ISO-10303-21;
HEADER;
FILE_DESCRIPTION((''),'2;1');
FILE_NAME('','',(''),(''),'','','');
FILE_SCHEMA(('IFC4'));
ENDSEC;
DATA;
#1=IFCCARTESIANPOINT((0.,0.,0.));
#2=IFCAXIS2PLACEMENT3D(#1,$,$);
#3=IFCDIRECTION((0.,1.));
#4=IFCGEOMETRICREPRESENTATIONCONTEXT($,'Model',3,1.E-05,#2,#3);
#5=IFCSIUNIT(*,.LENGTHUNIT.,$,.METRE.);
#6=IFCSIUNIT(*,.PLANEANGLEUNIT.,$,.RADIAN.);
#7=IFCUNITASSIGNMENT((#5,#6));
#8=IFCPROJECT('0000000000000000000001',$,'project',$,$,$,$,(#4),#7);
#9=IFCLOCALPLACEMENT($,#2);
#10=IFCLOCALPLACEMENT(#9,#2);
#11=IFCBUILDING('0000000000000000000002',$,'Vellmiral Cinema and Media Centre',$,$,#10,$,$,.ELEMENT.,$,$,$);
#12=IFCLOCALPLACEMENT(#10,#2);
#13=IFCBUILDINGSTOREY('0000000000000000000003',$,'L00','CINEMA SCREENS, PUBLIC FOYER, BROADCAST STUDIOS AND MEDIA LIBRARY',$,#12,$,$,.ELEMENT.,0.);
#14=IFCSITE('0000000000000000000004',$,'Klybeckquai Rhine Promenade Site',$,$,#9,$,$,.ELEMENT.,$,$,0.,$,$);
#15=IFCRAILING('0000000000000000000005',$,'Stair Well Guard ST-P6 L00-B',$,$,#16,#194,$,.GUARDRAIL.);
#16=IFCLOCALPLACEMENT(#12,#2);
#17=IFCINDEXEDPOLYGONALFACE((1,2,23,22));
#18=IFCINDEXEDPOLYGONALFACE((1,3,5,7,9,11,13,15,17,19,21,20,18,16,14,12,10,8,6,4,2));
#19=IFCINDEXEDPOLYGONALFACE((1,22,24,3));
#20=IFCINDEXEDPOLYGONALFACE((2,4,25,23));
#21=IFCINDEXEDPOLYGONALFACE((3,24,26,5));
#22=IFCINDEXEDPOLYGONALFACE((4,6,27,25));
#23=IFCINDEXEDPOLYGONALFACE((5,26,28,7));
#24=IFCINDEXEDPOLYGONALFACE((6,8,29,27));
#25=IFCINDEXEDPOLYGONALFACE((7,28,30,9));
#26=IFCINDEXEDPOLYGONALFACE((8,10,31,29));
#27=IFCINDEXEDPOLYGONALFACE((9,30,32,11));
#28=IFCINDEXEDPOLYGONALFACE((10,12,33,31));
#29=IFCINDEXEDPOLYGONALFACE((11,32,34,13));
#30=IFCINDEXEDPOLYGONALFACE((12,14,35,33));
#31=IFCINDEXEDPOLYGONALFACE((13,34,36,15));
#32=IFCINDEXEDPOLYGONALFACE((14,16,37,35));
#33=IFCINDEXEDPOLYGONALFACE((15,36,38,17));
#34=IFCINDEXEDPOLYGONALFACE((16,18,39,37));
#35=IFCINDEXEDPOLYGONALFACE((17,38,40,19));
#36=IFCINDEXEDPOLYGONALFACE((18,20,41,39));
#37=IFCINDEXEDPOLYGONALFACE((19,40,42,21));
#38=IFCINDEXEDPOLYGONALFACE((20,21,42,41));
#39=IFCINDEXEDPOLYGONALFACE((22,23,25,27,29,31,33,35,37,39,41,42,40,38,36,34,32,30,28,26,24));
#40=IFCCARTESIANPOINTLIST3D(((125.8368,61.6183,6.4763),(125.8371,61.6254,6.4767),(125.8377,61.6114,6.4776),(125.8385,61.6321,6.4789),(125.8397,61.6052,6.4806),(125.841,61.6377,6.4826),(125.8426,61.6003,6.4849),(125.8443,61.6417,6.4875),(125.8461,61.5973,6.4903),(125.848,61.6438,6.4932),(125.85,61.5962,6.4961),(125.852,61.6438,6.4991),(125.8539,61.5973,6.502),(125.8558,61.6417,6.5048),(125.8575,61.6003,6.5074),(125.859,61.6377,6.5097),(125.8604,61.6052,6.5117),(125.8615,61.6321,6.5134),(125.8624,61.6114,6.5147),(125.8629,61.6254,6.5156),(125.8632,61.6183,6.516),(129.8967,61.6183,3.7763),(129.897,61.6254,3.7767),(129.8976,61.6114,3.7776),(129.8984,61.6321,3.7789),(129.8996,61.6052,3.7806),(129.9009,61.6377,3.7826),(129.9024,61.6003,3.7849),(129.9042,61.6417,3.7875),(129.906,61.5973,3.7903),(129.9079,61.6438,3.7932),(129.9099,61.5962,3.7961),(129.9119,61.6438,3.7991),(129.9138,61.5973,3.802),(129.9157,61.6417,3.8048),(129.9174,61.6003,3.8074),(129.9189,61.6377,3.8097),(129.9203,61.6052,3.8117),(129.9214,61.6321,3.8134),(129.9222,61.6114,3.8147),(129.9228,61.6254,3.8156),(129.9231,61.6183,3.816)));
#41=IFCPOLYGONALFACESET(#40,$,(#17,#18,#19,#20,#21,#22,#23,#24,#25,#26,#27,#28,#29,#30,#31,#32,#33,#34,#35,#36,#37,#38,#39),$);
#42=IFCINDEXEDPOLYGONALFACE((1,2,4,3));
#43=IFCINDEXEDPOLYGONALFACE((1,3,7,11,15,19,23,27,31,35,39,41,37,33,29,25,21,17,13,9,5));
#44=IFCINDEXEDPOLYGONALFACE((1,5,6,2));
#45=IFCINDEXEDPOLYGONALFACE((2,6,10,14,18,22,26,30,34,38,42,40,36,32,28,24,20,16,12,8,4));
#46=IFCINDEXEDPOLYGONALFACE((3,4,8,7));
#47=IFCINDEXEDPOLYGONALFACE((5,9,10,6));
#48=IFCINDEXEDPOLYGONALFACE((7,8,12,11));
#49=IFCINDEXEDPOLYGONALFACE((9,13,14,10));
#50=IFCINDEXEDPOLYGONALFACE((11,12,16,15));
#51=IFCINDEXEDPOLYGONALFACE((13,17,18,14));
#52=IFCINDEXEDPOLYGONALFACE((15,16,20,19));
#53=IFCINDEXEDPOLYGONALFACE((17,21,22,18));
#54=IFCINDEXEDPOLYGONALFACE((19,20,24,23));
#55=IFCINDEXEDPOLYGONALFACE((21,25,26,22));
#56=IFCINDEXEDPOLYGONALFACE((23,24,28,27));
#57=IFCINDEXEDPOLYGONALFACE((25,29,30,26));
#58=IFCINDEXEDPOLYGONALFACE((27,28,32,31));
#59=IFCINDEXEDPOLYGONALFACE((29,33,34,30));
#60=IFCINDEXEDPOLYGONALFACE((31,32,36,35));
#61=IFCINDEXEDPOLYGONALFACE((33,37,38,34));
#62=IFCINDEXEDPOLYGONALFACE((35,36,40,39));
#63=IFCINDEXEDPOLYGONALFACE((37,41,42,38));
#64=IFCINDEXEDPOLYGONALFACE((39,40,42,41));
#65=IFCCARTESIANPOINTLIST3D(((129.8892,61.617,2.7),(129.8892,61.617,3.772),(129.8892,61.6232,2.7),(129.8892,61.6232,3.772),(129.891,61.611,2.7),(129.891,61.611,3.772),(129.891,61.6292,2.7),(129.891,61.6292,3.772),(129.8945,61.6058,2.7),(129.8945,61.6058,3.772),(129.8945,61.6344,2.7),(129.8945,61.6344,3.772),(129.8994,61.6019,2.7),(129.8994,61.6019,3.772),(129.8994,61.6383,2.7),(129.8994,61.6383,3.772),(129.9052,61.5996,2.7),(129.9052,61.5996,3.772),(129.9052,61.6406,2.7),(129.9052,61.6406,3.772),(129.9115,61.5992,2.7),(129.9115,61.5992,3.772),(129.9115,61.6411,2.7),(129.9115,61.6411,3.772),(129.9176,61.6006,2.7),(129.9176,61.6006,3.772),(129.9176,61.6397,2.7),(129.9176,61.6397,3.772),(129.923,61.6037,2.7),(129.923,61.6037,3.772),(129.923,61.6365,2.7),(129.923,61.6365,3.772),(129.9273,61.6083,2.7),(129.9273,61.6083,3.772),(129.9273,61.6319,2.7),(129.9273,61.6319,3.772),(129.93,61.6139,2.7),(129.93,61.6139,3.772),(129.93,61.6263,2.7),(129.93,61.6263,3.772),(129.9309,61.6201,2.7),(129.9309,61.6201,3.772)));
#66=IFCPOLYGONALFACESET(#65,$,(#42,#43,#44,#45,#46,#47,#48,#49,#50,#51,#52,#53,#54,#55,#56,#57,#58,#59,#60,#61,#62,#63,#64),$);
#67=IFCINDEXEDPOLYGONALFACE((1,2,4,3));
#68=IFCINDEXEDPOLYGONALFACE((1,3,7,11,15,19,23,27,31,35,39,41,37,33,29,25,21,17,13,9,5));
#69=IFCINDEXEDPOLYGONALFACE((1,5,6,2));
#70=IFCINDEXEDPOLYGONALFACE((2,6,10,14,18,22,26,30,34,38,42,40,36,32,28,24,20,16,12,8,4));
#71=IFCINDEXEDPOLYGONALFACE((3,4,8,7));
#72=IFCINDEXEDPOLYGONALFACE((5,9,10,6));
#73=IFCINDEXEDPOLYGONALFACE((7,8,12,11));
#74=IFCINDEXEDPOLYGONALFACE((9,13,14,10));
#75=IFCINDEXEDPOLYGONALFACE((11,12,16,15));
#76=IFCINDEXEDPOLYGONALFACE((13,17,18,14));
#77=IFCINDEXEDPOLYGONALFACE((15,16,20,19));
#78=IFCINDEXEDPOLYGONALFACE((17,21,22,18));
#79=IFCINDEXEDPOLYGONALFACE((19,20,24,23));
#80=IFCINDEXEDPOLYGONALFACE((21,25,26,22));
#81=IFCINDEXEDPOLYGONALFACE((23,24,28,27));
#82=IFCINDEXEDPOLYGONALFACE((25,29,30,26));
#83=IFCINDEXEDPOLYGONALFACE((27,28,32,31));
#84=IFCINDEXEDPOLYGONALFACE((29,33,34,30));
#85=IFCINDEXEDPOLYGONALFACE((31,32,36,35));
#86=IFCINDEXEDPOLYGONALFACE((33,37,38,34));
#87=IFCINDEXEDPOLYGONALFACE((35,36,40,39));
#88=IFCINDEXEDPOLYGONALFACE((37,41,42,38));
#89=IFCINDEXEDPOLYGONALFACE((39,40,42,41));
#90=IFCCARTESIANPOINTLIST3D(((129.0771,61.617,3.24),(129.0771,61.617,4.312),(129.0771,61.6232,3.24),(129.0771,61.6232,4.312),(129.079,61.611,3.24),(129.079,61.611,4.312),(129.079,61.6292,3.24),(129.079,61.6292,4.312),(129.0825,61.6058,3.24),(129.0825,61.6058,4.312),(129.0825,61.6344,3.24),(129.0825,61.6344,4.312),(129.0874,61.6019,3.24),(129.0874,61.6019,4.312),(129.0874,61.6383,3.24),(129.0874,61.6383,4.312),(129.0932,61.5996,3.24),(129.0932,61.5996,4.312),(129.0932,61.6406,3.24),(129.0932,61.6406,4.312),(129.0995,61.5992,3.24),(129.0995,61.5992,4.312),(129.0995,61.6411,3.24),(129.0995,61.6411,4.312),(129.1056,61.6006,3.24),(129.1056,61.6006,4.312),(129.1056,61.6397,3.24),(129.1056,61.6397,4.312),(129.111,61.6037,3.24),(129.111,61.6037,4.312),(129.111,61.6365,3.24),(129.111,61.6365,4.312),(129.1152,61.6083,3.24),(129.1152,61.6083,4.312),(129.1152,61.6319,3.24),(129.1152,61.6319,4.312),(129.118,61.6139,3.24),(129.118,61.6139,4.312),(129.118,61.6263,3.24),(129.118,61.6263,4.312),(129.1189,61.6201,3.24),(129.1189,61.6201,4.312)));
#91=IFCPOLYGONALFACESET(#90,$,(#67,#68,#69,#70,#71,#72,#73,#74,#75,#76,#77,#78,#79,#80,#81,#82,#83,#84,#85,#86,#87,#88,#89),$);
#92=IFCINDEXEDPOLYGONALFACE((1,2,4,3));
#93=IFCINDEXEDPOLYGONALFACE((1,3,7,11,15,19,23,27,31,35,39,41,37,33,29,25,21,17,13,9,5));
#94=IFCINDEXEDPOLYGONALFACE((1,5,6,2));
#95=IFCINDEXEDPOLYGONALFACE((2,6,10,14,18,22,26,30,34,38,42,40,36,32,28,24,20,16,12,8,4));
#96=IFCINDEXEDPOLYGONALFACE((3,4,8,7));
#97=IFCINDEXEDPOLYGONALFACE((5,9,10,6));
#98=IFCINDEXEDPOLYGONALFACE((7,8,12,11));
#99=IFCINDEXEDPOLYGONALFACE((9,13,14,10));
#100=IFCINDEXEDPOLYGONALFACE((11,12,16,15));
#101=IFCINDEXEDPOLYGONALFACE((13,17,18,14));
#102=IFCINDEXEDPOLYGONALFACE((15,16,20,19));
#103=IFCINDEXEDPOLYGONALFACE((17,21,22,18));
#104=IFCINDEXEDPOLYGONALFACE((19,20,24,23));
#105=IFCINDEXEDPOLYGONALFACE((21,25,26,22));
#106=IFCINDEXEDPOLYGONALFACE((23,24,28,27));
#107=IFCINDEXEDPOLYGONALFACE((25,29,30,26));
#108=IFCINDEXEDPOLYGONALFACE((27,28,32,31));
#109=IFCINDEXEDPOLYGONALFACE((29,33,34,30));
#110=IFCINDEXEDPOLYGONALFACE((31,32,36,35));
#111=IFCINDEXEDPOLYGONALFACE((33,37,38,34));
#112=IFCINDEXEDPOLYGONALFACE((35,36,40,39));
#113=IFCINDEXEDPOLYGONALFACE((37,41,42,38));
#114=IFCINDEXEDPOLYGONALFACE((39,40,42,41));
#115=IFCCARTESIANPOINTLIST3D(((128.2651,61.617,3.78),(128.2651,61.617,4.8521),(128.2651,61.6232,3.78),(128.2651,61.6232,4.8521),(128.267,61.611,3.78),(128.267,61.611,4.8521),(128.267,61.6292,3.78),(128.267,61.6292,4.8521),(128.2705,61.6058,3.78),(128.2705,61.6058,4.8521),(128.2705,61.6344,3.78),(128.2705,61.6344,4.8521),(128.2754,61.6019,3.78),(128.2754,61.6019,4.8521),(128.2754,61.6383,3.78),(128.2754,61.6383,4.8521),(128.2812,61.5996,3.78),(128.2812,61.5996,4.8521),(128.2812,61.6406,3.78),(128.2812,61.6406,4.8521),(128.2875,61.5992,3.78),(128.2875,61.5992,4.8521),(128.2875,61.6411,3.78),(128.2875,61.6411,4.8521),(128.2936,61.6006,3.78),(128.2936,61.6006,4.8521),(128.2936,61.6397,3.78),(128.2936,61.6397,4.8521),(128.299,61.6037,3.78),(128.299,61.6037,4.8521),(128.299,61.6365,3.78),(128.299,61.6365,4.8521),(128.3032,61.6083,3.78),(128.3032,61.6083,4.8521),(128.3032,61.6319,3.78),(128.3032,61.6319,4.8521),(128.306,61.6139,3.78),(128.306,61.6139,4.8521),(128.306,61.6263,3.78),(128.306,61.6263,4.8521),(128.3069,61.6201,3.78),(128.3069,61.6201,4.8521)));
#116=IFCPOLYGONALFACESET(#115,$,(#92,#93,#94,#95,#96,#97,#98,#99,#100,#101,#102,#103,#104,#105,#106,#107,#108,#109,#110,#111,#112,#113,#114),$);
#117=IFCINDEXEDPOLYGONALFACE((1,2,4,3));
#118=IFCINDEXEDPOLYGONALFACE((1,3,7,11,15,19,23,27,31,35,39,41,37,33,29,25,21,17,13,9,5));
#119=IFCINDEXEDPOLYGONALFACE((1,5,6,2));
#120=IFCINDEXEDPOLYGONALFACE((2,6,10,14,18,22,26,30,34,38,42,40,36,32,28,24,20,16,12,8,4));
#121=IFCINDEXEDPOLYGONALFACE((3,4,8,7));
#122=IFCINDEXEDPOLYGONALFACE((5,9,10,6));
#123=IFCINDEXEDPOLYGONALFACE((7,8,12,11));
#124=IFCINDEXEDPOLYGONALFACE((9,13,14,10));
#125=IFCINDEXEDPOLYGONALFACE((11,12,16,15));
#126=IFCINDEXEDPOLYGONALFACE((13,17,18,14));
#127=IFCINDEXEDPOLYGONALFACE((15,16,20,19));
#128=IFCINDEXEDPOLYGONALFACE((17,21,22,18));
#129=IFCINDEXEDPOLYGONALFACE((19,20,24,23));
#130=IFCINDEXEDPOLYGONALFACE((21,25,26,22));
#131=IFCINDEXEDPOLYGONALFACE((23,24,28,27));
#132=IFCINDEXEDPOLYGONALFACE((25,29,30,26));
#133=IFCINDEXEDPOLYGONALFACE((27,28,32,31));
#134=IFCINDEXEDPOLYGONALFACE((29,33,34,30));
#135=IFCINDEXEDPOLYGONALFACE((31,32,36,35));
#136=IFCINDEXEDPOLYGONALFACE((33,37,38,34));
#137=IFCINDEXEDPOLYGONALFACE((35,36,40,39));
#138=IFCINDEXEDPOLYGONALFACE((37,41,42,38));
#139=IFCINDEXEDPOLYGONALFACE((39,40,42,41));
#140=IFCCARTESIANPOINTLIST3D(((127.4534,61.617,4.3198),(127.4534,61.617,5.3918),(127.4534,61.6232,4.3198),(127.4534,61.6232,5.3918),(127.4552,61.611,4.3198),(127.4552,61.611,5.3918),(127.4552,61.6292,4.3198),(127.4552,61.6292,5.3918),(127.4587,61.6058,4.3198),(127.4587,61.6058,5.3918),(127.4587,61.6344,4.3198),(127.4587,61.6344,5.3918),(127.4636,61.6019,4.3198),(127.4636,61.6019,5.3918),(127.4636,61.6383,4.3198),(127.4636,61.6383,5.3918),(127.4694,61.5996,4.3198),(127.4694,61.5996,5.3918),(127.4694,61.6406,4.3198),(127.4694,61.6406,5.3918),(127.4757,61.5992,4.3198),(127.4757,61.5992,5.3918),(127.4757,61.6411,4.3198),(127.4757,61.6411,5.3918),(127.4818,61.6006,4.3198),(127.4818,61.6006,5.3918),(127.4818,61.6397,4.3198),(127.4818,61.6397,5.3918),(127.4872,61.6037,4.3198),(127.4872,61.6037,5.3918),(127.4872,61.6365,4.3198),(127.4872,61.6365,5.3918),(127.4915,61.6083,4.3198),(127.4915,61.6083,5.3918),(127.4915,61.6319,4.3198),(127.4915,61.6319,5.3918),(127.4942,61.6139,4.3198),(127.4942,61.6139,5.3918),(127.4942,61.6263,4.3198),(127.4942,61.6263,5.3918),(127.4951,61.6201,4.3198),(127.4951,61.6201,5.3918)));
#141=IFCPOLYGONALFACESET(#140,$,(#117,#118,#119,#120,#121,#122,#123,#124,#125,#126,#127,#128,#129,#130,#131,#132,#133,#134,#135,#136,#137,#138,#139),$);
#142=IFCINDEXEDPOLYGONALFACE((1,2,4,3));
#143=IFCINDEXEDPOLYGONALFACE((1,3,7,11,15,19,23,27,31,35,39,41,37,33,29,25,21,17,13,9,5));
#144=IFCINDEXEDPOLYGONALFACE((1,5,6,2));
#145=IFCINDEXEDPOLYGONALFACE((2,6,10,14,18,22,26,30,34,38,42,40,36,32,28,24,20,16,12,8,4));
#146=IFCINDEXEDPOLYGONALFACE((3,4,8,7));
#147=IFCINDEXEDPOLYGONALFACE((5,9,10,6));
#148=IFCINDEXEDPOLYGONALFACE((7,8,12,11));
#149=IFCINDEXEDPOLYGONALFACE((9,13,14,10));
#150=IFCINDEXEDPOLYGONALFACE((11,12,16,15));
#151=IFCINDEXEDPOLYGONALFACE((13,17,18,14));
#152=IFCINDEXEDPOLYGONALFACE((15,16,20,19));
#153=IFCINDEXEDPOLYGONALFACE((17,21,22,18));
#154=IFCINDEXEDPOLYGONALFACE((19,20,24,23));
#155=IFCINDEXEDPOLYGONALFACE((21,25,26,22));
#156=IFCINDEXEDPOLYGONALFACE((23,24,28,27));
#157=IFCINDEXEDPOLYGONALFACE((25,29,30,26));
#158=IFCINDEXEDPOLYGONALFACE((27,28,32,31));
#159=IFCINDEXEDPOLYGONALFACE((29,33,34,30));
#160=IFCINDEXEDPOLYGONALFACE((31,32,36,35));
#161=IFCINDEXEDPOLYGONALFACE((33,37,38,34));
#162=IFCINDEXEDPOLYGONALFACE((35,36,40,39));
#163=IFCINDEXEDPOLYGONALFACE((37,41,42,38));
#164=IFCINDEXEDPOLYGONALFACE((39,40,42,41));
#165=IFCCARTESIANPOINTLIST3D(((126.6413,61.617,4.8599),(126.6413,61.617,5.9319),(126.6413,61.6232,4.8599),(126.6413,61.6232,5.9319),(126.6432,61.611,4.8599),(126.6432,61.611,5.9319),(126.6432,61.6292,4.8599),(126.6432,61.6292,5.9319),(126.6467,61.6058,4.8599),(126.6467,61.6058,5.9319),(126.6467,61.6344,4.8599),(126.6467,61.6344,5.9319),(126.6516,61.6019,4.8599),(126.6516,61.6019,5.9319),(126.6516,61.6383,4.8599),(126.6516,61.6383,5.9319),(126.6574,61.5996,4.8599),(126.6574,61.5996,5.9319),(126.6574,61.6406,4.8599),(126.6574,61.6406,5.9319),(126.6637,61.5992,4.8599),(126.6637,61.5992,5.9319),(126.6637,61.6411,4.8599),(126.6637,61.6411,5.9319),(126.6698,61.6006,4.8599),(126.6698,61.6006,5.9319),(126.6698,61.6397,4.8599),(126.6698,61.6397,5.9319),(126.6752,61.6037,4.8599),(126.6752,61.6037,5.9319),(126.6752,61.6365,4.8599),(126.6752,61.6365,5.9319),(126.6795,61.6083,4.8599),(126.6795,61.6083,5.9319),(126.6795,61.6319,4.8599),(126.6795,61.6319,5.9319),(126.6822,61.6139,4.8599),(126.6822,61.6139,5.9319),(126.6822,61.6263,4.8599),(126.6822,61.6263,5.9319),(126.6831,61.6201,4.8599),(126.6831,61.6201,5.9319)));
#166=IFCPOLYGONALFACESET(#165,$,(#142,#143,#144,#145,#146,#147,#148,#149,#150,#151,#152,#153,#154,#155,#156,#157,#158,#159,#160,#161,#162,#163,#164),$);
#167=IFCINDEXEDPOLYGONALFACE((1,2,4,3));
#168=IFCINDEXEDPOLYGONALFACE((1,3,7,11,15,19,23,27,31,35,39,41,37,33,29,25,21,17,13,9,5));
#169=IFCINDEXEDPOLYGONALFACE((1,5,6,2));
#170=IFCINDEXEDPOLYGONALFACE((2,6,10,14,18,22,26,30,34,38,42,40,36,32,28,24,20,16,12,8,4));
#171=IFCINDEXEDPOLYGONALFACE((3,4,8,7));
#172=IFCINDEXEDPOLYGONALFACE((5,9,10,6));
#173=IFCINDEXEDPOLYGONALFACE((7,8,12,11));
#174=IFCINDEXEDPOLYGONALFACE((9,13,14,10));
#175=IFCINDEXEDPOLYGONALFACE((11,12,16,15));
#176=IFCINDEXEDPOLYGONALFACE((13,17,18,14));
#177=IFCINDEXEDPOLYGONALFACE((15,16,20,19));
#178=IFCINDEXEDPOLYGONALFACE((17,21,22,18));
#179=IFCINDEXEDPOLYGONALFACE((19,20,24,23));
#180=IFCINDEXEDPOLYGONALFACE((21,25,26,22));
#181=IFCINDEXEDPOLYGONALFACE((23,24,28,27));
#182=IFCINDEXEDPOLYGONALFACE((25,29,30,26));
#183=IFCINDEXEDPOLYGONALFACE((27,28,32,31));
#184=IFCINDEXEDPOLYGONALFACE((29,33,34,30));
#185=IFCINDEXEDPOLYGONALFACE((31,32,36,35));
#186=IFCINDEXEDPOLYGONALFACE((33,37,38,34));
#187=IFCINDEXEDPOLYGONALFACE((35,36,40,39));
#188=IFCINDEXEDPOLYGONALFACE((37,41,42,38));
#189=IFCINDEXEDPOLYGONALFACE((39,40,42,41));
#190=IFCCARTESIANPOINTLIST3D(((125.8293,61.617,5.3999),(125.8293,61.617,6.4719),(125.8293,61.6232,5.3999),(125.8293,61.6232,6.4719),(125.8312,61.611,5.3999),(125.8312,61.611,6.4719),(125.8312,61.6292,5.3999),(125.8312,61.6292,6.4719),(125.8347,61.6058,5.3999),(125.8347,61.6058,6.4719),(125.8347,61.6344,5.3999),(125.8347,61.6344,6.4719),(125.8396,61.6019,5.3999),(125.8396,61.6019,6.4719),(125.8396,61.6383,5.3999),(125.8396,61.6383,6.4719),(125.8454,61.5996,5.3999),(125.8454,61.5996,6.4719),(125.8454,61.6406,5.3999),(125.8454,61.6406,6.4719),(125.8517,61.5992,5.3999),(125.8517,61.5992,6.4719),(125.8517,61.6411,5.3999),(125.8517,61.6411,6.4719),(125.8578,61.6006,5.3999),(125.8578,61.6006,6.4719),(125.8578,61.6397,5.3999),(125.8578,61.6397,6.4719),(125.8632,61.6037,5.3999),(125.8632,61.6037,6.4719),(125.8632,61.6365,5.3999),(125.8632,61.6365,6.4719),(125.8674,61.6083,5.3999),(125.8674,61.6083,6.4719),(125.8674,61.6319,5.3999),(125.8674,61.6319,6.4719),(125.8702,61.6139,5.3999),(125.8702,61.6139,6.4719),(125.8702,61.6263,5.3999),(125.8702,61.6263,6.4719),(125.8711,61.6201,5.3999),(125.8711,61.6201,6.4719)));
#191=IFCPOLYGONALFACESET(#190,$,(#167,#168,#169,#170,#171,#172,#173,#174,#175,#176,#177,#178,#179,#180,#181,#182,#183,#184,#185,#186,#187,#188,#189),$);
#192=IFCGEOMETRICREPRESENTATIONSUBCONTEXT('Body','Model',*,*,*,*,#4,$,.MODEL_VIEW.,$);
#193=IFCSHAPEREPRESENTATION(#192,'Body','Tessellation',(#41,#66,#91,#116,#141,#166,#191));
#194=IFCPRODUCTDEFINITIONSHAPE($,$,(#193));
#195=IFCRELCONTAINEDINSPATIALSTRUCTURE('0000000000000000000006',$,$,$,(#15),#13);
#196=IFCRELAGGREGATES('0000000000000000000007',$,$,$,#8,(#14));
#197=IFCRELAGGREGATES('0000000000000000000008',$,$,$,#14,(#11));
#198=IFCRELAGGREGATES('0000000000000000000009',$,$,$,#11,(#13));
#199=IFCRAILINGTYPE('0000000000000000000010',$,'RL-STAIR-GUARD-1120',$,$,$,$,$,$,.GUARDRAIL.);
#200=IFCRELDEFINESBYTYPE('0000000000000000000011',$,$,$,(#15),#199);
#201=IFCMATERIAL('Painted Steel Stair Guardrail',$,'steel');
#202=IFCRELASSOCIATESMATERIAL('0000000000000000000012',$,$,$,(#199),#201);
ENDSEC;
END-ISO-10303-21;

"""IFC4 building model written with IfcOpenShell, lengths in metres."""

from ifc_helpers import new_model, si_unit, direction, frame, origin, origin_2d, place, context, subcontext, project, spatial, circle, extrude, material, type_object, element, save


model = new_model("IFC4")

# Units and contexts
model_context = context("Model", 3, precision=1e-05, world=origin(), true_north=direction((0.0, 1.0)))
body_context = subcontext(model_context, "Body", "Model", "MODEL_VIEW")
ifc_project = project(units=[si_unit("LENGTHUNIT", "METRE"), si_unit("PLANEANGLEUNIT", "RADIAN")], contexts=[model_context])

# Site, building, storey
site_placement = place(None, origin())
site = spatial("IfcSite", under=ifc_project, at=site_placement, Name="Klybeckquai Rhine Promenade Site", CompositionType="ELEMENT", RefElevation=0.0)
building_placement = place(site_placement, origin())
building = spatial("IfcBuilding", under=site, at=building_placement, Name="Vellmiral Cinema and Media Centre", CompositionType="ELEMENT")
storey_placement = place(building_placement, origin())
storey = spatial("IfcBuildingStorey", under=building, at=storey_placement, Name="L00", Description="CINEMA SCREENS, PUBLIC FOYER, BROADCAST STUDIOS AND MEDIA LIBRARY", CompositionType="ELEMENT", Elevation=0.0)

# Railing
ifc_material_1 = material(Name="Painted Steel Stair Guardrail", Category="steel")
railing_type_1 = type_object("IfcRailingType", Name="RL-STAIR-GUARD-1120", PredefinedType="GUARDRAIL", material=ifc_material_1)
railing_1_placement = place(storey_placement, frame((129.9099, 61.6201, 2.7)))
element("IfcRailing", 1, at=railing_1_placement, inside=storey, type_object=railing_type_1, Name="Stair Well Guard ST-P6 L00-B", PredefinedType="GUARDRAIL", context=body_context, shape_type="SweptSolid", body=[
    extrude(circle(Radius=0.0239, at=origin_2d()), frame((0.0, 0.0, 1.0962), z_axis=(-0.832674, 0.0, 0.553764), x_axis=(0.0, -1.0, 0.0)), (0.0, 0.0, 1.0), 4.8757),
    extrude(circle(Radius=0.021, at=origin_2d()), origin(), (0.0, 0.0, 1.0), 1.072),
    extrude(circle(Radius=0.021, at=origin_2d()), frame((-0.812, 0.0, 0.54)), (0.0, 0.0, 1.0), 1.072),
    extrude(circle(Radius=0.021, at=origin_2d()), frame((-1.624, 0.0, 1.0801)), (0.0, 0.0, 1.0), 1.072),
    extrude(circle(Radius=0.021, at=origin_2d()), frame((-2.4358, 0.0, 1.6199)), (0.0, 0.0, 1.0), 1.072),
    extrude(circle(Radius=0.021, at=origin_2d()), frame((-3.2478, 0.0, 2.1599)), (0.0, 0.0, 1.0), 1.072),
    extrude(circle(Radius=0.021, at=origin_2d()), frame((-4.0598, 0.0, 2.7)), (0.0, 0.0, 1.0), 1.072),
])

save(model, "model.ifc")
